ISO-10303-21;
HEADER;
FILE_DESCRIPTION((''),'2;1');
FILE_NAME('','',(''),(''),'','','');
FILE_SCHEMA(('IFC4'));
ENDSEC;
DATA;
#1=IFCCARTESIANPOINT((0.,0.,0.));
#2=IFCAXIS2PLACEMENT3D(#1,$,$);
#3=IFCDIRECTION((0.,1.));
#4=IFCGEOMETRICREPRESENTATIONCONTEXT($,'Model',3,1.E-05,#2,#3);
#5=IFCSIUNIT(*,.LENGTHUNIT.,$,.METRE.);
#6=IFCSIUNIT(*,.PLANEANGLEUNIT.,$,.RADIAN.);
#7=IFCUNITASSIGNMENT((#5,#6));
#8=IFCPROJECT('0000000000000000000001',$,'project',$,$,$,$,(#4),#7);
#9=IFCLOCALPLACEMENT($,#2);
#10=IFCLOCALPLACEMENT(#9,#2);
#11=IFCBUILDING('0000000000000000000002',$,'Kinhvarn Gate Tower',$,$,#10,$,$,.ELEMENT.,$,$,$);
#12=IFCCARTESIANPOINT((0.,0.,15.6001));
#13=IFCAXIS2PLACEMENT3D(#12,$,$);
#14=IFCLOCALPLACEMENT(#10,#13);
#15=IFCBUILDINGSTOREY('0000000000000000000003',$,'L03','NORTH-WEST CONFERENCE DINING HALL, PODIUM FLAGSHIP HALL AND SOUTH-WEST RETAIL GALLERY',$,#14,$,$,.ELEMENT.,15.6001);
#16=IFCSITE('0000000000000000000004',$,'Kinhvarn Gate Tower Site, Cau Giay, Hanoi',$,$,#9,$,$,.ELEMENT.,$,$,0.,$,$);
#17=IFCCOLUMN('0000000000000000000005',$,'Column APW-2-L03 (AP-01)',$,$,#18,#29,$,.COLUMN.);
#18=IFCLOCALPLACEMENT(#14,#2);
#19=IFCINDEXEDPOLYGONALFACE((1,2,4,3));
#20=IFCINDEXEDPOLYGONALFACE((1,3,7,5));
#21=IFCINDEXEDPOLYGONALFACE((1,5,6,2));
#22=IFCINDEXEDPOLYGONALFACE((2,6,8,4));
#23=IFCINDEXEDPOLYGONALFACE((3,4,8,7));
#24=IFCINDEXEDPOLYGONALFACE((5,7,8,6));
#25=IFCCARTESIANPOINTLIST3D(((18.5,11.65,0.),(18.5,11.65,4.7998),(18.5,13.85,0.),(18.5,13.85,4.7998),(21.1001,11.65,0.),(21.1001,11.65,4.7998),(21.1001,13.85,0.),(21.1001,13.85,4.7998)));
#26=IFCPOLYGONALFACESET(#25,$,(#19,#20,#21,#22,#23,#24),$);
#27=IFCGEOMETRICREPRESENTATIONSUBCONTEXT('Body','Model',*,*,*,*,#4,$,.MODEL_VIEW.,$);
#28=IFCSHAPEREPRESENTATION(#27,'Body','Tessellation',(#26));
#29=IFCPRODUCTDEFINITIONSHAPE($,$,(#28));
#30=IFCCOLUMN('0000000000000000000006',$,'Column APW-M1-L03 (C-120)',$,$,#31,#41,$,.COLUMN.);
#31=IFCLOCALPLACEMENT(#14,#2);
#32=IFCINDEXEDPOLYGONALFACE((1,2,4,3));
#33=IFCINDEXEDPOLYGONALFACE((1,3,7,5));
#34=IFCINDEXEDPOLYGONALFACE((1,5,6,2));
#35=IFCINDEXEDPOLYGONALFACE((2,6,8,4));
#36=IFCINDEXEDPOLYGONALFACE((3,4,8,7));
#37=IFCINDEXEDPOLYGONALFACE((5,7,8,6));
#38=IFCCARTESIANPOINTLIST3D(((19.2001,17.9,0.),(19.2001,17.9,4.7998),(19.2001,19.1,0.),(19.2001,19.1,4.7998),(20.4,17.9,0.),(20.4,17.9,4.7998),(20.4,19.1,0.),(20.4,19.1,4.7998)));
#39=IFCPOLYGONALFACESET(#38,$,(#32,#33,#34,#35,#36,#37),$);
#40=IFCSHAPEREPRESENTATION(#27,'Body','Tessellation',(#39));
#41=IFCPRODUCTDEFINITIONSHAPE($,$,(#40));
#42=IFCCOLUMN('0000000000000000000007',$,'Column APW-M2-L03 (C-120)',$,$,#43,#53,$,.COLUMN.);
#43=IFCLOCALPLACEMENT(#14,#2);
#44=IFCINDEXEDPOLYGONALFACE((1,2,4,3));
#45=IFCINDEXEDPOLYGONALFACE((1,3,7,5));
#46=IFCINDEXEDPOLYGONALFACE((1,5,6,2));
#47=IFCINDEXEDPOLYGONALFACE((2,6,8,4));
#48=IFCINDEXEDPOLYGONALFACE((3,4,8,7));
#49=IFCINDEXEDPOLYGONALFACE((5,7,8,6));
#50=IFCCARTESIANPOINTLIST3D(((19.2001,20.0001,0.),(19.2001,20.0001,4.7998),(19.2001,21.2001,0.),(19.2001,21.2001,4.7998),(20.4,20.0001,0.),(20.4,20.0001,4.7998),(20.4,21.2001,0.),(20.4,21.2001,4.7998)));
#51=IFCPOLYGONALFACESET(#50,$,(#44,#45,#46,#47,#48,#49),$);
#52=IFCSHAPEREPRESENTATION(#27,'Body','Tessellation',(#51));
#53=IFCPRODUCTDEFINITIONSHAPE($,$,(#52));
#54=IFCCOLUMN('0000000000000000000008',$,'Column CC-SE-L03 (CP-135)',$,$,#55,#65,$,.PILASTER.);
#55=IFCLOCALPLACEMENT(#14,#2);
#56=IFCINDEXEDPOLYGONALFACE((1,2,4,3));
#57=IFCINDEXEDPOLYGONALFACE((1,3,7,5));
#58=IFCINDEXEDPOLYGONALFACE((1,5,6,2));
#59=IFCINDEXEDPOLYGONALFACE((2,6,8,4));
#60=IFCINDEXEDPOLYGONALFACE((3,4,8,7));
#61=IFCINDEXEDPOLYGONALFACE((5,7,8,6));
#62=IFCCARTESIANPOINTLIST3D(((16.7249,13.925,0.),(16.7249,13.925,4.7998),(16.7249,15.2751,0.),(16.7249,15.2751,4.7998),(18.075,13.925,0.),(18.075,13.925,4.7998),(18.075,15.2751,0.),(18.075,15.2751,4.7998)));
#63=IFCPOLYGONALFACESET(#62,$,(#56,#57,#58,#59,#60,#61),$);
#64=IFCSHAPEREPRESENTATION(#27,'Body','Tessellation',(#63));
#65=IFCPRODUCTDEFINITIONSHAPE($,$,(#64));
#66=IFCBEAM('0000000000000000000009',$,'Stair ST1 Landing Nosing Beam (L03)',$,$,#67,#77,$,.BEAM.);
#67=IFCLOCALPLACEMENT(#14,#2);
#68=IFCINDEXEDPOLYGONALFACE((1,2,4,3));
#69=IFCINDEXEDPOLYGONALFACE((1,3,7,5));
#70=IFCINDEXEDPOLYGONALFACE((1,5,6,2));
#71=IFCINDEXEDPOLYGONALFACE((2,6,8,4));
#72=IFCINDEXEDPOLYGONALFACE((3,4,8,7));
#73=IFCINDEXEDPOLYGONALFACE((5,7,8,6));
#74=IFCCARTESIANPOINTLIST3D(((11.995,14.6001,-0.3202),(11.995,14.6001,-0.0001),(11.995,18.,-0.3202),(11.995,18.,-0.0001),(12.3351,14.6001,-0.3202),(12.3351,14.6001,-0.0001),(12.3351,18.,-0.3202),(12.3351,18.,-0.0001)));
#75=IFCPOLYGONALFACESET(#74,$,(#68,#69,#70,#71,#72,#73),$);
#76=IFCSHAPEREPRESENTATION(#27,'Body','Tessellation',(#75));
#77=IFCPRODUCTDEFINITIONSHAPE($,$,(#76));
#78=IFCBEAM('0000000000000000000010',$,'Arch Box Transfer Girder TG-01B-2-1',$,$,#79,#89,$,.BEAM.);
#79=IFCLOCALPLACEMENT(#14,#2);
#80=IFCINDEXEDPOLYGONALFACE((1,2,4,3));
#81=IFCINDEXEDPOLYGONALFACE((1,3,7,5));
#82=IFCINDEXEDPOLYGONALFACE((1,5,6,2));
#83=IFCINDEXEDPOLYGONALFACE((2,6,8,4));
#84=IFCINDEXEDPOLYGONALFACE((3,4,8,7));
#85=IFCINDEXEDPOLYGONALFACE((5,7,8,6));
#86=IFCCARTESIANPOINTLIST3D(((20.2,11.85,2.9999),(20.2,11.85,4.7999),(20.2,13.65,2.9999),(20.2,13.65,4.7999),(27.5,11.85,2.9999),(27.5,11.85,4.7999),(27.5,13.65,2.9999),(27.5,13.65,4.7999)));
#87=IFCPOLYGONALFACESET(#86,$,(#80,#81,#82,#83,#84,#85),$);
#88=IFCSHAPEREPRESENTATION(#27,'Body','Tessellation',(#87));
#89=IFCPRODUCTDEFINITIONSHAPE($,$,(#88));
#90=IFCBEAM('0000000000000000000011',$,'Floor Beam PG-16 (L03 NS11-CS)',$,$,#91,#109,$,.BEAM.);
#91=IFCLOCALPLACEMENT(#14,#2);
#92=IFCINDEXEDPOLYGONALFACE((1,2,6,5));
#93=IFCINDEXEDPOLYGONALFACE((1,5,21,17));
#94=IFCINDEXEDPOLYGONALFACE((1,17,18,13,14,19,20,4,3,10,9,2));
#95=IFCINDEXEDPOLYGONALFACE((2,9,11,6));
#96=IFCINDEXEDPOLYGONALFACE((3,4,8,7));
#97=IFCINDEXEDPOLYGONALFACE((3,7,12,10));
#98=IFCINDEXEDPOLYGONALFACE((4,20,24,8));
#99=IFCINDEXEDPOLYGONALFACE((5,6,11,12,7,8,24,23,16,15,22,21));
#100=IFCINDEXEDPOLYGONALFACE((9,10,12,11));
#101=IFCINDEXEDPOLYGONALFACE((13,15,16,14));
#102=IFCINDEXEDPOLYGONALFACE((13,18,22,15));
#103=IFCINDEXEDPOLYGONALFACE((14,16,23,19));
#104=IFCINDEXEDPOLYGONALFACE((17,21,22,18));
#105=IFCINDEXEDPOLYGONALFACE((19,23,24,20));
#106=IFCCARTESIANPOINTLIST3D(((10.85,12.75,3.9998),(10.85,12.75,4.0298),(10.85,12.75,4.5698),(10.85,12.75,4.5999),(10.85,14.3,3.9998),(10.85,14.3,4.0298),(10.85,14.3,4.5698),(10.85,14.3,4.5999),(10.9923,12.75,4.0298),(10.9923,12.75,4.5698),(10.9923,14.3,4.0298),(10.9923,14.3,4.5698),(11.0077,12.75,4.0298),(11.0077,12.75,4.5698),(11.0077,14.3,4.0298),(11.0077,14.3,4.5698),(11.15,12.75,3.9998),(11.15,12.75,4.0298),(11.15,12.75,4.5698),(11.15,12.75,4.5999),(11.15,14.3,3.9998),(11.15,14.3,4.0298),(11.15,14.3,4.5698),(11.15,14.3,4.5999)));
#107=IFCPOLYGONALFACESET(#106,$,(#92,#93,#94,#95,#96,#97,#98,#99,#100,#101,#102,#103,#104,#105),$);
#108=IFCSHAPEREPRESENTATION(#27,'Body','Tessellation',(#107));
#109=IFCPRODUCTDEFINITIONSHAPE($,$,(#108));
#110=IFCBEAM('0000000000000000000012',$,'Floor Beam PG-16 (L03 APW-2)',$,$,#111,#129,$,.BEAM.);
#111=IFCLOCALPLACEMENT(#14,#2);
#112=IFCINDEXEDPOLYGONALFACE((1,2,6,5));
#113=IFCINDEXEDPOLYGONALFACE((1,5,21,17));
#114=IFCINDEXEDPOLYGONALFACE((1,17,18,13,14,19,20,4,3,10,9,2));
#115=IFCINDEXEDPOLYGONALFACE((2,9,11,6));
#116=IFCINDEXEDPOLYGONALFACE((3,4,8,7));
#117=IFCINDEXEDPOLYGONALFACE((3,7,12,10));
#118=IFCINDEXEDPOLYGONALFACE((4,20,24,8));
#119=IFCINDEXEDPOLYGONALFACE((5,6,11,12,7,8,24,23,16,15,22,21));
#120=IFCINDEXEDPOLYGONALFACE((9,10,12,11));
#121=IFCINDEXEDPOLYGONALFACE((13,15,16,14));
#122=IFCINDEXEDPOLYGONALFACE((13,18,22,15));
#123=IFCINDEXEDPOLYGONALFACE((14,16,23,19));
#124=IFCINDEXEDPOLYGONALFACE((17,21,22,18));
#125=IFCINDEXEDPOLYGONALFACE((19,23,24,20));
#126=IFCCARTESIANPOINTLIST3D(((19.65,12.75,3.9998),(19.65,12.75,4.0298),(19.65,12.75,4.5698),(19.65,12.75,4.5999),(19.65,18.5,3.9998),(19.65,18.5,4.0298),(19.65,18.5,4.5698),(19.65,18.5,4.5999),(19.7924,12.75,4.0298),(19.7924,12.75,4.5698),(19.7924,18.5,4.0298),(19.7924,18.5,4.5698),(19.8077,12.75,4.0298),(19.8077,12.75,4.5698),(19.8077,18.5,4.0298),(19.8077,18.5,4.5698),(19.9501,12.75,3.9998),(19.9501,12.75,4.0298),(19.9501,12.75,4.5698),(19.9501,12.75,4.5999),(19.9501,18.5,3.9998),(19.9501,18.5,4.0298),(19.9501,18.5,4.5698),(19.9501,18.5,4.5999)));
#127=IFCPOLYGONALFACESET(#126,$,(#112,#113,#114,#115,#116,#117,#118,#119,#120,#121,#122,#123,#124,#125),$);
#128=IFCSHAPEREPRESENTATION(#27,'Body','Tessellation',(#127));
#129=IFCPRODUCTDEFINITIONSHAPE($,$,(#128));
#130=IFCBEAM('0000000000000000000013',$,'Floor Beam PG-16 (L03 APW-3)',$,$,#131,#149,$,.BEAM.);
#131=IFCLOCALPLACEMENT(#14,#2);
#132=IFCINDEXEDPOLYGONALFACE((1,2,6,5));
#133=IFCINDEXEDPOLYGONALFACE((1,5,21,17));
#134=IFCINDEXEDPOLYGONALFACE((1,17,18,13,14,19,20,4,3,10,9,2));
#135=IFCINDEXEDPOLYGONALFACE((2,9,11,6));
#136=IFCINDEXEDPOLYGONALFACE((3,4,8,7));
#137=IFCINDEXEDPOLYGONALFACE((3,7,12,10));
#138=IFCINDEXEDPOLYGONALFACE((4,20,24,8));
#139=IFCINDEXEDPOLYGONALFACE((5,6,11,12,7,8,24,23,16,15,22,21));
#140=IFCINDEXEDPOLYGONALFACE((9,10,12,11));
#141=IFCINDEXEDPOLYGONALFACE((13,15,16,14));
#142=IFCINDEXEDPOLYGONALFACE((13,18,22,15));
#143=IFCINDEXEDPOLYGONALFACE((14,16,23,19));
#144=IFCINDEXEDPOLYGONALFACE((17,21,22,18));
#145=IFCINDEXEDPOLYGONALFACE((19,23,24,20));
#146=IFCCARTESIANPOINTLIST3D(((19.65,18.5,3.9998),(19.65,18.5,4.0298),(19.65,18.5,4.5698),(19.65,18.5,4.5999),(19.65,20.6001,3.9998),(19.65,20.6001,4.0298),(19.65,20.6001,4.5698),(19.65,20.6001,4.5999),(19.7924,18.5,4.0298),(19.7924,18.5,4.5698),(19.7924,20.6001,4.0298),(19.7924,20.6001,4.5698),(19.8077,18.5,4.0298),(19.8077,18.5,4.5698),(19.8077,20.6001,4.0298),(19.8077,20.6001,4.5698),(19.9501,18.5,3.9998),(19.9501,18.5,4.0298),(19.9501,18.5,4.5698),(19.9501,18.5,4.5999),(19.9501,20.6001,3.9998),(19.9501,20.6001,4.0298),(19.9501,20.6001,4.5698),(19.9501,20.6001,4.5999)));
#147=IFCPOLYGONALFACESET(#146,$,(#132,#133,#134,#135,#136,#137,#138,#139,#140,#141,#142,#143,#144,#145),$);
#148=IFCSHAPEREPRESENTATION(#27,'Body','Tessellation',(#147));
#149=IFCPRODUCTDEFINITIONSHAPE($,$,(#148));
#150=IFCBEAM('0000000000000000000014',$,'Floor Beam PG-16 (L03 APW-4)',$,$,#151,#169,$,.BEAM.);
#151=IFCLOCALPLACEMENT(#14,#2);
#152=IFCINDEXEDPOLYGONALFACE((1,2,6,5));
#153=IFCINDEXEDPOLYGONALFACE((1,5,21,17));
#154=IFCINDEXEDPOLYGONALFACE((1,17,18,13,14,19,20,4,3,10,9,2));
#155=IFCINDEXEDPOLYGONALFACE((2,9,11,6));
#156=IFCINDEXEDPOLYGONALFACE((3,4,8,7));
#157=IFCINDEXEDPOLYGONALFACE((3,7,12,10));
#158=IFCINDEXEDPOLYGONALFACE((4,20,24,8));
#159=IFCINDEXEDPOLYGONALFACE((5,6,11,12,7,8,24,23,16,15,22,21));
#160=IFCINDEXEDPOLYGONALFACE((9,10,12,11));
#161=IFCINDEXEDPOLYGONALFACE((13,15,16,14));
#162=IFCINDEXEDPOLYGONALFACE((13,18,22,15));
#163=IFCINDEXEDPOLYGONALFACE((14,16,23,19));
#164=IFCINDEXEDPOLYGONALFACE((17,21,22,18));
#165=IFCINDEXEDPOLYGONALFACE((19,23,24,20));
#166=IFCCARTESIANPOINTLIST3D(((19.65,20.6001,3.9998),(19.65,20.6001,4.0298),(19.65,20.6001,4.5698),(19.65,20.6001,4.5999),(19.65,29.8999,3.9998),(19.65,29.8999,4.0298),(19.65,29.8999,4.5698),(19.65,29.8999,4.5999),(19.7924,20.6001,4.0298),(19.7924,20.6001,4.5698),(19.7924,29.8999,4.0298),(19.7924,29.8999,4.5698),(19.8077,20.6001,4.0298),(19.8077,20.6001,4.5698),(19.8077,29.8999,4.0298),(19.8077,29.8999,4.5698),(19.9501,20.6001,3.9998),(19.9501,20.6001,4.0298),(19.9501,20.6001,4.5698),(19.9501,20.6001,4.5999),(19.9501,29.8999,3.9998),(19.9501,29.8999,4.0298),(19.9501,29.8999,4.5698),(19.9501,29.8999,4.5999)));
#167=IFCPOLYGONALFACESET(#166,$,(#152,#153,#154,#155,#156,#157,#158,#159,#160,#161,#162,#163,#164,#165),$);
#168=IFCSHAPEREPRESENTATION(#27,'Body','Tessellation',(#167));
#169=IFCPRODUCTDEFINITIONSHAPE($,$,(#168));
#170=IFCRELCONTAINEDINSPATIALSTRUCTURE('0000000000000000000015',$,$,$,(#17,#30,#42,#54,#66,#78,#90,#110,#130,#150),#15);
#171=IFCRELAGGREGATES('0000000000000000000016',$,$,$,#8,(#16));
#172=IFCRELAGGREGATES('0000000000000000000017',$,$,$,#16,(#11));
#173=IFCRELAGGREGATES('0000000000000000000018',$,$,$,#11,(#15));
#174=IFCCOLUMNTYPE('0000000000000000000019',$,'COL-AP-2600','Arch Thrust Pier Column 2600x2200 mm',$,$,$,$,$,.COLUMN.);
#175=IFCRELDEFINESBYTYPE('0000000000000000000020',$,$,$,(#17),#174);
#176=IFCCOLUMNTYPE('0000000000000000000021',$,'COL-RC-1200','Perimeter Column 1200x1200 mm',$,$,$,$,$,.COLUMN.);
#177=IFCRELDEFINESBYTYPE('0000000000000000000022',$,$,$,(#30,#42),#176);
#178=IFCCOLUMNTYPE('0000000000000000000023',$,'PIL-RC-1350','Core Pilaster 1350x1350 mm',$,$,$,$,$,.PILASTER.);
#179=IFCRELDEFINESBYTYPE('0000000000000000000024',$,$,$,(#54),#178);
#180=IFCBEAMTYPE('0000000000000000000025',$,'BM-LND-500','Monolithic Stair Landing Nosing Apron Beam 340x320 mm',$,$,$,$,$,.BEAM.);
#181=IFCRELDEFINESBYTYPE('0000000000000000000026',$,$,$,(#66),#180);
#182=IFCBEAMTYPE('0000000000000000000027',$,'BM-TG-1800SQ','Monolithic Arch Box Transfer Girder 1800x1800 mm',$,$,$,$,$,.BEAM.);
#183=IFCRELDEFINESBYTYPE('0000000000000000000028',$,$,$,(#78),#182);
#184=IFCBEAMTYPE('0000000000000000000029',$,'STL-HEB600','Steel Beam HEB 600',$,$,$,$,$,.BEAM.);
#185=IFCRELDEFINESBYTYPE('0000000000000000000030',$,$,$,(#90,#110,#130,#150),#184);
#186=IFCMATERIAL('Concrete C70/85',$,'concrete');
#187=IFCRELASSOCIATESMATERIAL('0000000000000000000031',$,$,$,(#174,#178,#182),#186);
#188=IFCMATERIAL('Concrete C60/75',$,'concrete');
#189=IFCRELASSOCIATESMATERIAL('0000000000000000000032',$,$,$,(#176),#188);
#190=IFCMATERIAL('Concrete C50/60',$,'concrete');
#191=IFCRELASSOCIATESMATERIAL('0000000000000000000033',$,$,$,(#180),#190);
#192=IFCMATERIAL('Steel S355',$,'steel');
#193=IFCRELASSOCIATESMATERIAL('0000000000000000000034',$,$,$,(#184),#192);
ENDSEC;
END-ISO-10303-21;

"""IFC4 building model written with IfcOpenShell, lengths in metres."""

from ifc_helpers import new_model, si_unit, direction, frame, origin, origin_2d, place, context, subcontext, project, spatial, rectangle, i_section, extrude, material, material_profile, profile_set, type_object, element, save


model = new_model("IFC4")

# Units and contexts
model_context = context("Model", 3, precision=1e-05, world=origin(), true_north=direction((0.0, 1.0)))
body_context = subcontext(model_context, "Body", "Model", "MODEL_VIEW")
ifc_project = project(units=[si_unit("LENGTHUNIT", "METRE"), si_unit("PLANEANGLEUNIT", "RADIAN")], contexts=[model_context])

# Site, building, storey
site_placement = place(None, origin())
site = spatial("IfcSite", under=ifc_project, at=site_placement, Name="Kinhvarn Gate Tower Site, Cau Giay, Hanoi", CompositionType="ELEMENT", RefElevation=0.0)
building_placement = place(site_placement, origin())
building = spatial("IfcBuilding", under=site, at=building_placement, Name="Kinhvarn Gate Tower", CompositionType="ELEMENT")
storey_placement = place(building_placement, frame((0.0, 0.0, 15.6001)))
storey = spatial("IfcBuildingStorey", under=building, at=storey_placement, Name="L03", Description="NORTH-WEST CONFERENCE DINING HALL, PODIUM FLAGSHIP HALL AND SOUTH-WEST RETAIL GALLERY", CompositionType="ELEMENT", Elevation=15.6001)

# Columns
ifc_material_1 = material(Name="Concrete C70/85", Category="concrete")
ifc_material_profile_1 = material_profile(ifc_material_1, rectangle(XDim=2.6001, YDim=2.2, at=origin_2d()), Name="RC 2600x2200")
ifc_profile_set_1 = profile_set([ifc_material_profile_1], Name="Concrete C70/85")
column_type_1 = type_object("IfcColumnType", Name="COL-AP-2600", Description="Arch Thrust Pier Column 2600x2200 mm", PredefinedType="COLUMN", material=ifc_profile_set_1)
column_1_placement = place(storey_placement, frame((19.8, 12.75, 0.0), z_axis=(0.0, 0.0, 1.0), x_axis=(1.0, 0.0, 0.0)))
element("IfcColumn", 1, at=column_1_placement, inside=storey, type_object=column_type_1, Name="Column APW-2-L03 (AP-01)", PredefinedType="COLUMN", context=body_context, shape_type="SweptSolid", body=[
    extrude(rectangle(XDim=2.6001, YDim=2.2, at=origin_2d()), origin(), (0.0, 0.0, 1.0), 4.7998),
])
ifc_material_2 = material(Name="Concrete C60/75", Category="concrete")
ifc_material_profile_2 = material_profile(ifc_material_2, rectangle(XDim=1.2, YDim=1.2, at=origin_2d()), Name="RC 1200x1200")
ifc_profile_set_2 = profile_set([ifc_material_profile_2], Name="Concrete C60/75")
column_type_2 = type_object("IfcColumnType", Name="COL-RC-1200", Description="Perimeter Column 1200x1200 mm", PredefinedType="COLUMN", material=ifc_profile_set_2)
for number, where, z_axis, x_axis, name in (
    (2, (19.8, 18.5, 0.0), (0.0, 0.0, 1.0), (1.0, 0.0, 0.0), "Column APW-M1-L03 (C-120)"),
    (3, (19.8, 20.6001, 0.0), (0.0, 0.0, 1.0), (1.0, 0.0, 0.0), "Column APW-M2-L03 (C-120)"),
):
    element("IfcColumn", number, at=place(storey_placement, frame(where, z_axis=z_axis, x_axis=x_axis)), inside=storey, type_object=column_type_2, Name=name, PredefinedType="COLUMN", context=body_context, shape_type="SweptSolid", body=[
        extrude(rectangle(XDim=1.2, YDim=1.2, at=origin_2d()), origin(), (0.0, 0.0, 1.0), 4.7998),
    ])
ifc_material_profile_3 = material_profile(ifc_material_1, rectangle(XDim=1.3501, YDim=1.3501, at=origin_2d()), Name="RC 1350x1350")
ifc_profile_set_3 = profile_set([ifc_material_profile_3], Name="Concrete C70/85")
column_type_3 = type_object("IfcColumnType", Name="PIL-RC-1350", Description="Core Pilaster 1350x1350 mm", PredefinedType="PILASTER", material=ifc_profile_set_3)
column_2_placement = place(storey_placement, frame((17.3999, 14.6001, 0.0), z_axis=(0.0, 0.0, 1.0), x_axis=(1.0, 0.0, 0.0)))
element("IfcColumn", 4, at=column_2_placement, inside=storey, type_object=column_type_3, Name="Column CC-SE-L03 (CP-135)", PredefinedType="PILASTER", context=body_context, shape_type="SweptSolid", body=[
    extrude(rectangle(XDim=1.3501, YDim=1.3501, at=origin_2d()), origin(), (0.0, 0.0, 1.0), 4.7998),
])

# Beams
ifc_material_3 = material(Name="Concrete C50/60", Category="concrete")
ifc_material_profile_4 = material_profile(ifc_material_3, rectangle(XDim=0.3401, YDim=0.3201, at=origin_2d()), Name="RC 340x320")
ifc_profile_set_4 = profile_set([ifc_material_profile_4], Name="Concrete C50/60")
beam_type_1 = type_object("IfcBeamType", Name="BM-LND-500", Description="Monolithic Stair Landing Nosing Apron Beam 340x320 mm", PredefinedType="BEAM", material=ifc_profile_set_4)
beam_1_placement = place(storey_placement, frame((12.165, 14.6001, -0.1602), z_axis=(0.0, 1.0, 0.0), x_axis=(-1.0, 0.0, 0.0)))
element("IfcBeam", 5, at=beam_1_placement, inside=storey, type_object=beam_type_1, Name="Stair ST1 Landing Nosing Beam (L03)", PredefinedType="BEAM", context=body_context, shape_type="SweptSolid", body=[
    extrude(rectangle(XDim=0.3401, YDim=0.3201, at=origin_2d()), origin(), (0.0, 0.0, 1.0), 3.3999),
])
ifc_material_profile_5 = material_profile(ifc_material_1, rectangle(XDim=1.8, YDim=1.8, at=origin_2d()), Name="RC 1800x1800")
ifc_profile_set_5 = profile_set([ifc_material_profile_5], Name="Concrete C70/85")
beam_type_2 = type_object("IfcBeamType", Name="BM-TG-1800SQ", Description="Monolithic Arch Box Transfer Girder 1800x1800 mm", PredefinedType="BEAM", material=ifc_profile_set_5)
beam_2_placement = place(storey_placement, frame((20.2, 12.75, 3.8999), z_axis=(1.0, 0.0, 0.0), x_axis=(0.0, 1.0, 0.0)))
element("IfcBeam", 6, at=beam_2_placement, inside=storey, type_object=beam_type_2, Name="Arch Box Transfer Girder TG-01B-2-1", PredefinedType="BEAM", context=body_context, shape_type="SweptSolid", body=[
    extrude(rectangle(XDim=1.8, YDim=1.8, at=origin_2d()), origin(), (0.0, 0.0, 1.0), 7.3),
])
ifc_material_4 = material(Name="Steel S355", Category="steel")
ifc_material_profile_6 = material_profile(ifc_material_4, i_section(OverallWidth=0.3, OverallDepth=0.6001, WebThickness=0.0154, FlangeThickness=0.03, at=origin_2d()), Name="HEB 600")
ifc_profile_set_6 = profile_set([ifc_material_profile_6], Name="Steel S355")
beam_type_3 = type_object("IfcBeamType", Name="STL-HEB600", Description="Steel Beam HEB 600", PredefinedType="BEAM", material=ifc_profile_set_6)
beam_3_placement = place(storey_placement, frame((11.0, 12.75, 4.2998), z_axis=(0.0, 1.0, 0.0), x_axis=(-1.0, 0.0, 0.0)))
element("IfcBeam", 7, at=beam_3_placement, inside=storey, type_object=beam_type_3, Name="Floor Beam PG-16 (L03 NS11-CS)", PredefinedType="BEAM", context=body_context, shape_type="SweptSolid", body=[
    extrude(i_section(OverallWidth=0.3, OverallDepth=0.6001, WebThickness=0.0154, FlangeThickness=0.03, at=origin_2d()), origin(), (0.0, 0.0, 1.0), 1.55),
])
beam_4_placement = place(storey_placement, frame((19.8, 12.75, 4.2998), z_axis=(0.0, 1.0, 0.0), x_axis=(-1.0, 0.0, 0.0)))
element("IfcBeam", 8, at=beam_4_placement, inside=storey, type_object=beam_type_3, Name="Floor Beam PG-16 (L03 APW-2)", PredefinedType="BEAM", context=body_context, shape_type="SweptSolid", body=[
    extrude(i_section(OverallWidth=0.3, OverallDepth=0.6001, WebThickness=0.0154, FlangeThickness=0.03, at=origin_2d()), origin(), (0.0, 0.0, 1.0), 5.75),
])
beam_5_placement = place(storey_placement, frame((19.8, 18.5, 4.2998), z_axis=(0.0, 1.0, 0.0), x_axis=(-1.0, 0.0, 0.0)))
element("IfcBeam", 9, at=beam_5_placement, inside=storey, type_object=beam_type_3, Name="Floor Beam PG-16 (L03 APW-3)", PredefinedType="BEAM", context=body_context, shape_type="SweptSolid", body=[
    extrude(i_section(OverallWidth=0.3, OverallDepth=0.6001, WebThickness=0.0154, FlangeThickness=0.03, at=origin_2d()), origin(), (0.0, 0.0, 1.0), 2.1001),
])
beam_6_placement = place(storey_placement, frame((19.8, 20.6001, 4.2998), z_axis=(0.0, 1.0, 0.0), x_axis=(-1.0, 0.0, 0.0)))
element("IfcBeam", 10, at=beam_6_placement, inside=storey, type_object=beam_type_3, Name="Floor Beam PG-16 (L03 APW-4)", PredefinedType="BEAM", context=body_context, shape_type="SweptSolid", body=[
    extrude(i_section(OverallWidth=0.3, OverallDepth=0.6001, WebThickness=0.0154, FlangeThickness=0.03, at=origin_2d()), origin(), (0.0, 0.0, 1.0), 9.2998),
])

save(model, "model.ifc")
